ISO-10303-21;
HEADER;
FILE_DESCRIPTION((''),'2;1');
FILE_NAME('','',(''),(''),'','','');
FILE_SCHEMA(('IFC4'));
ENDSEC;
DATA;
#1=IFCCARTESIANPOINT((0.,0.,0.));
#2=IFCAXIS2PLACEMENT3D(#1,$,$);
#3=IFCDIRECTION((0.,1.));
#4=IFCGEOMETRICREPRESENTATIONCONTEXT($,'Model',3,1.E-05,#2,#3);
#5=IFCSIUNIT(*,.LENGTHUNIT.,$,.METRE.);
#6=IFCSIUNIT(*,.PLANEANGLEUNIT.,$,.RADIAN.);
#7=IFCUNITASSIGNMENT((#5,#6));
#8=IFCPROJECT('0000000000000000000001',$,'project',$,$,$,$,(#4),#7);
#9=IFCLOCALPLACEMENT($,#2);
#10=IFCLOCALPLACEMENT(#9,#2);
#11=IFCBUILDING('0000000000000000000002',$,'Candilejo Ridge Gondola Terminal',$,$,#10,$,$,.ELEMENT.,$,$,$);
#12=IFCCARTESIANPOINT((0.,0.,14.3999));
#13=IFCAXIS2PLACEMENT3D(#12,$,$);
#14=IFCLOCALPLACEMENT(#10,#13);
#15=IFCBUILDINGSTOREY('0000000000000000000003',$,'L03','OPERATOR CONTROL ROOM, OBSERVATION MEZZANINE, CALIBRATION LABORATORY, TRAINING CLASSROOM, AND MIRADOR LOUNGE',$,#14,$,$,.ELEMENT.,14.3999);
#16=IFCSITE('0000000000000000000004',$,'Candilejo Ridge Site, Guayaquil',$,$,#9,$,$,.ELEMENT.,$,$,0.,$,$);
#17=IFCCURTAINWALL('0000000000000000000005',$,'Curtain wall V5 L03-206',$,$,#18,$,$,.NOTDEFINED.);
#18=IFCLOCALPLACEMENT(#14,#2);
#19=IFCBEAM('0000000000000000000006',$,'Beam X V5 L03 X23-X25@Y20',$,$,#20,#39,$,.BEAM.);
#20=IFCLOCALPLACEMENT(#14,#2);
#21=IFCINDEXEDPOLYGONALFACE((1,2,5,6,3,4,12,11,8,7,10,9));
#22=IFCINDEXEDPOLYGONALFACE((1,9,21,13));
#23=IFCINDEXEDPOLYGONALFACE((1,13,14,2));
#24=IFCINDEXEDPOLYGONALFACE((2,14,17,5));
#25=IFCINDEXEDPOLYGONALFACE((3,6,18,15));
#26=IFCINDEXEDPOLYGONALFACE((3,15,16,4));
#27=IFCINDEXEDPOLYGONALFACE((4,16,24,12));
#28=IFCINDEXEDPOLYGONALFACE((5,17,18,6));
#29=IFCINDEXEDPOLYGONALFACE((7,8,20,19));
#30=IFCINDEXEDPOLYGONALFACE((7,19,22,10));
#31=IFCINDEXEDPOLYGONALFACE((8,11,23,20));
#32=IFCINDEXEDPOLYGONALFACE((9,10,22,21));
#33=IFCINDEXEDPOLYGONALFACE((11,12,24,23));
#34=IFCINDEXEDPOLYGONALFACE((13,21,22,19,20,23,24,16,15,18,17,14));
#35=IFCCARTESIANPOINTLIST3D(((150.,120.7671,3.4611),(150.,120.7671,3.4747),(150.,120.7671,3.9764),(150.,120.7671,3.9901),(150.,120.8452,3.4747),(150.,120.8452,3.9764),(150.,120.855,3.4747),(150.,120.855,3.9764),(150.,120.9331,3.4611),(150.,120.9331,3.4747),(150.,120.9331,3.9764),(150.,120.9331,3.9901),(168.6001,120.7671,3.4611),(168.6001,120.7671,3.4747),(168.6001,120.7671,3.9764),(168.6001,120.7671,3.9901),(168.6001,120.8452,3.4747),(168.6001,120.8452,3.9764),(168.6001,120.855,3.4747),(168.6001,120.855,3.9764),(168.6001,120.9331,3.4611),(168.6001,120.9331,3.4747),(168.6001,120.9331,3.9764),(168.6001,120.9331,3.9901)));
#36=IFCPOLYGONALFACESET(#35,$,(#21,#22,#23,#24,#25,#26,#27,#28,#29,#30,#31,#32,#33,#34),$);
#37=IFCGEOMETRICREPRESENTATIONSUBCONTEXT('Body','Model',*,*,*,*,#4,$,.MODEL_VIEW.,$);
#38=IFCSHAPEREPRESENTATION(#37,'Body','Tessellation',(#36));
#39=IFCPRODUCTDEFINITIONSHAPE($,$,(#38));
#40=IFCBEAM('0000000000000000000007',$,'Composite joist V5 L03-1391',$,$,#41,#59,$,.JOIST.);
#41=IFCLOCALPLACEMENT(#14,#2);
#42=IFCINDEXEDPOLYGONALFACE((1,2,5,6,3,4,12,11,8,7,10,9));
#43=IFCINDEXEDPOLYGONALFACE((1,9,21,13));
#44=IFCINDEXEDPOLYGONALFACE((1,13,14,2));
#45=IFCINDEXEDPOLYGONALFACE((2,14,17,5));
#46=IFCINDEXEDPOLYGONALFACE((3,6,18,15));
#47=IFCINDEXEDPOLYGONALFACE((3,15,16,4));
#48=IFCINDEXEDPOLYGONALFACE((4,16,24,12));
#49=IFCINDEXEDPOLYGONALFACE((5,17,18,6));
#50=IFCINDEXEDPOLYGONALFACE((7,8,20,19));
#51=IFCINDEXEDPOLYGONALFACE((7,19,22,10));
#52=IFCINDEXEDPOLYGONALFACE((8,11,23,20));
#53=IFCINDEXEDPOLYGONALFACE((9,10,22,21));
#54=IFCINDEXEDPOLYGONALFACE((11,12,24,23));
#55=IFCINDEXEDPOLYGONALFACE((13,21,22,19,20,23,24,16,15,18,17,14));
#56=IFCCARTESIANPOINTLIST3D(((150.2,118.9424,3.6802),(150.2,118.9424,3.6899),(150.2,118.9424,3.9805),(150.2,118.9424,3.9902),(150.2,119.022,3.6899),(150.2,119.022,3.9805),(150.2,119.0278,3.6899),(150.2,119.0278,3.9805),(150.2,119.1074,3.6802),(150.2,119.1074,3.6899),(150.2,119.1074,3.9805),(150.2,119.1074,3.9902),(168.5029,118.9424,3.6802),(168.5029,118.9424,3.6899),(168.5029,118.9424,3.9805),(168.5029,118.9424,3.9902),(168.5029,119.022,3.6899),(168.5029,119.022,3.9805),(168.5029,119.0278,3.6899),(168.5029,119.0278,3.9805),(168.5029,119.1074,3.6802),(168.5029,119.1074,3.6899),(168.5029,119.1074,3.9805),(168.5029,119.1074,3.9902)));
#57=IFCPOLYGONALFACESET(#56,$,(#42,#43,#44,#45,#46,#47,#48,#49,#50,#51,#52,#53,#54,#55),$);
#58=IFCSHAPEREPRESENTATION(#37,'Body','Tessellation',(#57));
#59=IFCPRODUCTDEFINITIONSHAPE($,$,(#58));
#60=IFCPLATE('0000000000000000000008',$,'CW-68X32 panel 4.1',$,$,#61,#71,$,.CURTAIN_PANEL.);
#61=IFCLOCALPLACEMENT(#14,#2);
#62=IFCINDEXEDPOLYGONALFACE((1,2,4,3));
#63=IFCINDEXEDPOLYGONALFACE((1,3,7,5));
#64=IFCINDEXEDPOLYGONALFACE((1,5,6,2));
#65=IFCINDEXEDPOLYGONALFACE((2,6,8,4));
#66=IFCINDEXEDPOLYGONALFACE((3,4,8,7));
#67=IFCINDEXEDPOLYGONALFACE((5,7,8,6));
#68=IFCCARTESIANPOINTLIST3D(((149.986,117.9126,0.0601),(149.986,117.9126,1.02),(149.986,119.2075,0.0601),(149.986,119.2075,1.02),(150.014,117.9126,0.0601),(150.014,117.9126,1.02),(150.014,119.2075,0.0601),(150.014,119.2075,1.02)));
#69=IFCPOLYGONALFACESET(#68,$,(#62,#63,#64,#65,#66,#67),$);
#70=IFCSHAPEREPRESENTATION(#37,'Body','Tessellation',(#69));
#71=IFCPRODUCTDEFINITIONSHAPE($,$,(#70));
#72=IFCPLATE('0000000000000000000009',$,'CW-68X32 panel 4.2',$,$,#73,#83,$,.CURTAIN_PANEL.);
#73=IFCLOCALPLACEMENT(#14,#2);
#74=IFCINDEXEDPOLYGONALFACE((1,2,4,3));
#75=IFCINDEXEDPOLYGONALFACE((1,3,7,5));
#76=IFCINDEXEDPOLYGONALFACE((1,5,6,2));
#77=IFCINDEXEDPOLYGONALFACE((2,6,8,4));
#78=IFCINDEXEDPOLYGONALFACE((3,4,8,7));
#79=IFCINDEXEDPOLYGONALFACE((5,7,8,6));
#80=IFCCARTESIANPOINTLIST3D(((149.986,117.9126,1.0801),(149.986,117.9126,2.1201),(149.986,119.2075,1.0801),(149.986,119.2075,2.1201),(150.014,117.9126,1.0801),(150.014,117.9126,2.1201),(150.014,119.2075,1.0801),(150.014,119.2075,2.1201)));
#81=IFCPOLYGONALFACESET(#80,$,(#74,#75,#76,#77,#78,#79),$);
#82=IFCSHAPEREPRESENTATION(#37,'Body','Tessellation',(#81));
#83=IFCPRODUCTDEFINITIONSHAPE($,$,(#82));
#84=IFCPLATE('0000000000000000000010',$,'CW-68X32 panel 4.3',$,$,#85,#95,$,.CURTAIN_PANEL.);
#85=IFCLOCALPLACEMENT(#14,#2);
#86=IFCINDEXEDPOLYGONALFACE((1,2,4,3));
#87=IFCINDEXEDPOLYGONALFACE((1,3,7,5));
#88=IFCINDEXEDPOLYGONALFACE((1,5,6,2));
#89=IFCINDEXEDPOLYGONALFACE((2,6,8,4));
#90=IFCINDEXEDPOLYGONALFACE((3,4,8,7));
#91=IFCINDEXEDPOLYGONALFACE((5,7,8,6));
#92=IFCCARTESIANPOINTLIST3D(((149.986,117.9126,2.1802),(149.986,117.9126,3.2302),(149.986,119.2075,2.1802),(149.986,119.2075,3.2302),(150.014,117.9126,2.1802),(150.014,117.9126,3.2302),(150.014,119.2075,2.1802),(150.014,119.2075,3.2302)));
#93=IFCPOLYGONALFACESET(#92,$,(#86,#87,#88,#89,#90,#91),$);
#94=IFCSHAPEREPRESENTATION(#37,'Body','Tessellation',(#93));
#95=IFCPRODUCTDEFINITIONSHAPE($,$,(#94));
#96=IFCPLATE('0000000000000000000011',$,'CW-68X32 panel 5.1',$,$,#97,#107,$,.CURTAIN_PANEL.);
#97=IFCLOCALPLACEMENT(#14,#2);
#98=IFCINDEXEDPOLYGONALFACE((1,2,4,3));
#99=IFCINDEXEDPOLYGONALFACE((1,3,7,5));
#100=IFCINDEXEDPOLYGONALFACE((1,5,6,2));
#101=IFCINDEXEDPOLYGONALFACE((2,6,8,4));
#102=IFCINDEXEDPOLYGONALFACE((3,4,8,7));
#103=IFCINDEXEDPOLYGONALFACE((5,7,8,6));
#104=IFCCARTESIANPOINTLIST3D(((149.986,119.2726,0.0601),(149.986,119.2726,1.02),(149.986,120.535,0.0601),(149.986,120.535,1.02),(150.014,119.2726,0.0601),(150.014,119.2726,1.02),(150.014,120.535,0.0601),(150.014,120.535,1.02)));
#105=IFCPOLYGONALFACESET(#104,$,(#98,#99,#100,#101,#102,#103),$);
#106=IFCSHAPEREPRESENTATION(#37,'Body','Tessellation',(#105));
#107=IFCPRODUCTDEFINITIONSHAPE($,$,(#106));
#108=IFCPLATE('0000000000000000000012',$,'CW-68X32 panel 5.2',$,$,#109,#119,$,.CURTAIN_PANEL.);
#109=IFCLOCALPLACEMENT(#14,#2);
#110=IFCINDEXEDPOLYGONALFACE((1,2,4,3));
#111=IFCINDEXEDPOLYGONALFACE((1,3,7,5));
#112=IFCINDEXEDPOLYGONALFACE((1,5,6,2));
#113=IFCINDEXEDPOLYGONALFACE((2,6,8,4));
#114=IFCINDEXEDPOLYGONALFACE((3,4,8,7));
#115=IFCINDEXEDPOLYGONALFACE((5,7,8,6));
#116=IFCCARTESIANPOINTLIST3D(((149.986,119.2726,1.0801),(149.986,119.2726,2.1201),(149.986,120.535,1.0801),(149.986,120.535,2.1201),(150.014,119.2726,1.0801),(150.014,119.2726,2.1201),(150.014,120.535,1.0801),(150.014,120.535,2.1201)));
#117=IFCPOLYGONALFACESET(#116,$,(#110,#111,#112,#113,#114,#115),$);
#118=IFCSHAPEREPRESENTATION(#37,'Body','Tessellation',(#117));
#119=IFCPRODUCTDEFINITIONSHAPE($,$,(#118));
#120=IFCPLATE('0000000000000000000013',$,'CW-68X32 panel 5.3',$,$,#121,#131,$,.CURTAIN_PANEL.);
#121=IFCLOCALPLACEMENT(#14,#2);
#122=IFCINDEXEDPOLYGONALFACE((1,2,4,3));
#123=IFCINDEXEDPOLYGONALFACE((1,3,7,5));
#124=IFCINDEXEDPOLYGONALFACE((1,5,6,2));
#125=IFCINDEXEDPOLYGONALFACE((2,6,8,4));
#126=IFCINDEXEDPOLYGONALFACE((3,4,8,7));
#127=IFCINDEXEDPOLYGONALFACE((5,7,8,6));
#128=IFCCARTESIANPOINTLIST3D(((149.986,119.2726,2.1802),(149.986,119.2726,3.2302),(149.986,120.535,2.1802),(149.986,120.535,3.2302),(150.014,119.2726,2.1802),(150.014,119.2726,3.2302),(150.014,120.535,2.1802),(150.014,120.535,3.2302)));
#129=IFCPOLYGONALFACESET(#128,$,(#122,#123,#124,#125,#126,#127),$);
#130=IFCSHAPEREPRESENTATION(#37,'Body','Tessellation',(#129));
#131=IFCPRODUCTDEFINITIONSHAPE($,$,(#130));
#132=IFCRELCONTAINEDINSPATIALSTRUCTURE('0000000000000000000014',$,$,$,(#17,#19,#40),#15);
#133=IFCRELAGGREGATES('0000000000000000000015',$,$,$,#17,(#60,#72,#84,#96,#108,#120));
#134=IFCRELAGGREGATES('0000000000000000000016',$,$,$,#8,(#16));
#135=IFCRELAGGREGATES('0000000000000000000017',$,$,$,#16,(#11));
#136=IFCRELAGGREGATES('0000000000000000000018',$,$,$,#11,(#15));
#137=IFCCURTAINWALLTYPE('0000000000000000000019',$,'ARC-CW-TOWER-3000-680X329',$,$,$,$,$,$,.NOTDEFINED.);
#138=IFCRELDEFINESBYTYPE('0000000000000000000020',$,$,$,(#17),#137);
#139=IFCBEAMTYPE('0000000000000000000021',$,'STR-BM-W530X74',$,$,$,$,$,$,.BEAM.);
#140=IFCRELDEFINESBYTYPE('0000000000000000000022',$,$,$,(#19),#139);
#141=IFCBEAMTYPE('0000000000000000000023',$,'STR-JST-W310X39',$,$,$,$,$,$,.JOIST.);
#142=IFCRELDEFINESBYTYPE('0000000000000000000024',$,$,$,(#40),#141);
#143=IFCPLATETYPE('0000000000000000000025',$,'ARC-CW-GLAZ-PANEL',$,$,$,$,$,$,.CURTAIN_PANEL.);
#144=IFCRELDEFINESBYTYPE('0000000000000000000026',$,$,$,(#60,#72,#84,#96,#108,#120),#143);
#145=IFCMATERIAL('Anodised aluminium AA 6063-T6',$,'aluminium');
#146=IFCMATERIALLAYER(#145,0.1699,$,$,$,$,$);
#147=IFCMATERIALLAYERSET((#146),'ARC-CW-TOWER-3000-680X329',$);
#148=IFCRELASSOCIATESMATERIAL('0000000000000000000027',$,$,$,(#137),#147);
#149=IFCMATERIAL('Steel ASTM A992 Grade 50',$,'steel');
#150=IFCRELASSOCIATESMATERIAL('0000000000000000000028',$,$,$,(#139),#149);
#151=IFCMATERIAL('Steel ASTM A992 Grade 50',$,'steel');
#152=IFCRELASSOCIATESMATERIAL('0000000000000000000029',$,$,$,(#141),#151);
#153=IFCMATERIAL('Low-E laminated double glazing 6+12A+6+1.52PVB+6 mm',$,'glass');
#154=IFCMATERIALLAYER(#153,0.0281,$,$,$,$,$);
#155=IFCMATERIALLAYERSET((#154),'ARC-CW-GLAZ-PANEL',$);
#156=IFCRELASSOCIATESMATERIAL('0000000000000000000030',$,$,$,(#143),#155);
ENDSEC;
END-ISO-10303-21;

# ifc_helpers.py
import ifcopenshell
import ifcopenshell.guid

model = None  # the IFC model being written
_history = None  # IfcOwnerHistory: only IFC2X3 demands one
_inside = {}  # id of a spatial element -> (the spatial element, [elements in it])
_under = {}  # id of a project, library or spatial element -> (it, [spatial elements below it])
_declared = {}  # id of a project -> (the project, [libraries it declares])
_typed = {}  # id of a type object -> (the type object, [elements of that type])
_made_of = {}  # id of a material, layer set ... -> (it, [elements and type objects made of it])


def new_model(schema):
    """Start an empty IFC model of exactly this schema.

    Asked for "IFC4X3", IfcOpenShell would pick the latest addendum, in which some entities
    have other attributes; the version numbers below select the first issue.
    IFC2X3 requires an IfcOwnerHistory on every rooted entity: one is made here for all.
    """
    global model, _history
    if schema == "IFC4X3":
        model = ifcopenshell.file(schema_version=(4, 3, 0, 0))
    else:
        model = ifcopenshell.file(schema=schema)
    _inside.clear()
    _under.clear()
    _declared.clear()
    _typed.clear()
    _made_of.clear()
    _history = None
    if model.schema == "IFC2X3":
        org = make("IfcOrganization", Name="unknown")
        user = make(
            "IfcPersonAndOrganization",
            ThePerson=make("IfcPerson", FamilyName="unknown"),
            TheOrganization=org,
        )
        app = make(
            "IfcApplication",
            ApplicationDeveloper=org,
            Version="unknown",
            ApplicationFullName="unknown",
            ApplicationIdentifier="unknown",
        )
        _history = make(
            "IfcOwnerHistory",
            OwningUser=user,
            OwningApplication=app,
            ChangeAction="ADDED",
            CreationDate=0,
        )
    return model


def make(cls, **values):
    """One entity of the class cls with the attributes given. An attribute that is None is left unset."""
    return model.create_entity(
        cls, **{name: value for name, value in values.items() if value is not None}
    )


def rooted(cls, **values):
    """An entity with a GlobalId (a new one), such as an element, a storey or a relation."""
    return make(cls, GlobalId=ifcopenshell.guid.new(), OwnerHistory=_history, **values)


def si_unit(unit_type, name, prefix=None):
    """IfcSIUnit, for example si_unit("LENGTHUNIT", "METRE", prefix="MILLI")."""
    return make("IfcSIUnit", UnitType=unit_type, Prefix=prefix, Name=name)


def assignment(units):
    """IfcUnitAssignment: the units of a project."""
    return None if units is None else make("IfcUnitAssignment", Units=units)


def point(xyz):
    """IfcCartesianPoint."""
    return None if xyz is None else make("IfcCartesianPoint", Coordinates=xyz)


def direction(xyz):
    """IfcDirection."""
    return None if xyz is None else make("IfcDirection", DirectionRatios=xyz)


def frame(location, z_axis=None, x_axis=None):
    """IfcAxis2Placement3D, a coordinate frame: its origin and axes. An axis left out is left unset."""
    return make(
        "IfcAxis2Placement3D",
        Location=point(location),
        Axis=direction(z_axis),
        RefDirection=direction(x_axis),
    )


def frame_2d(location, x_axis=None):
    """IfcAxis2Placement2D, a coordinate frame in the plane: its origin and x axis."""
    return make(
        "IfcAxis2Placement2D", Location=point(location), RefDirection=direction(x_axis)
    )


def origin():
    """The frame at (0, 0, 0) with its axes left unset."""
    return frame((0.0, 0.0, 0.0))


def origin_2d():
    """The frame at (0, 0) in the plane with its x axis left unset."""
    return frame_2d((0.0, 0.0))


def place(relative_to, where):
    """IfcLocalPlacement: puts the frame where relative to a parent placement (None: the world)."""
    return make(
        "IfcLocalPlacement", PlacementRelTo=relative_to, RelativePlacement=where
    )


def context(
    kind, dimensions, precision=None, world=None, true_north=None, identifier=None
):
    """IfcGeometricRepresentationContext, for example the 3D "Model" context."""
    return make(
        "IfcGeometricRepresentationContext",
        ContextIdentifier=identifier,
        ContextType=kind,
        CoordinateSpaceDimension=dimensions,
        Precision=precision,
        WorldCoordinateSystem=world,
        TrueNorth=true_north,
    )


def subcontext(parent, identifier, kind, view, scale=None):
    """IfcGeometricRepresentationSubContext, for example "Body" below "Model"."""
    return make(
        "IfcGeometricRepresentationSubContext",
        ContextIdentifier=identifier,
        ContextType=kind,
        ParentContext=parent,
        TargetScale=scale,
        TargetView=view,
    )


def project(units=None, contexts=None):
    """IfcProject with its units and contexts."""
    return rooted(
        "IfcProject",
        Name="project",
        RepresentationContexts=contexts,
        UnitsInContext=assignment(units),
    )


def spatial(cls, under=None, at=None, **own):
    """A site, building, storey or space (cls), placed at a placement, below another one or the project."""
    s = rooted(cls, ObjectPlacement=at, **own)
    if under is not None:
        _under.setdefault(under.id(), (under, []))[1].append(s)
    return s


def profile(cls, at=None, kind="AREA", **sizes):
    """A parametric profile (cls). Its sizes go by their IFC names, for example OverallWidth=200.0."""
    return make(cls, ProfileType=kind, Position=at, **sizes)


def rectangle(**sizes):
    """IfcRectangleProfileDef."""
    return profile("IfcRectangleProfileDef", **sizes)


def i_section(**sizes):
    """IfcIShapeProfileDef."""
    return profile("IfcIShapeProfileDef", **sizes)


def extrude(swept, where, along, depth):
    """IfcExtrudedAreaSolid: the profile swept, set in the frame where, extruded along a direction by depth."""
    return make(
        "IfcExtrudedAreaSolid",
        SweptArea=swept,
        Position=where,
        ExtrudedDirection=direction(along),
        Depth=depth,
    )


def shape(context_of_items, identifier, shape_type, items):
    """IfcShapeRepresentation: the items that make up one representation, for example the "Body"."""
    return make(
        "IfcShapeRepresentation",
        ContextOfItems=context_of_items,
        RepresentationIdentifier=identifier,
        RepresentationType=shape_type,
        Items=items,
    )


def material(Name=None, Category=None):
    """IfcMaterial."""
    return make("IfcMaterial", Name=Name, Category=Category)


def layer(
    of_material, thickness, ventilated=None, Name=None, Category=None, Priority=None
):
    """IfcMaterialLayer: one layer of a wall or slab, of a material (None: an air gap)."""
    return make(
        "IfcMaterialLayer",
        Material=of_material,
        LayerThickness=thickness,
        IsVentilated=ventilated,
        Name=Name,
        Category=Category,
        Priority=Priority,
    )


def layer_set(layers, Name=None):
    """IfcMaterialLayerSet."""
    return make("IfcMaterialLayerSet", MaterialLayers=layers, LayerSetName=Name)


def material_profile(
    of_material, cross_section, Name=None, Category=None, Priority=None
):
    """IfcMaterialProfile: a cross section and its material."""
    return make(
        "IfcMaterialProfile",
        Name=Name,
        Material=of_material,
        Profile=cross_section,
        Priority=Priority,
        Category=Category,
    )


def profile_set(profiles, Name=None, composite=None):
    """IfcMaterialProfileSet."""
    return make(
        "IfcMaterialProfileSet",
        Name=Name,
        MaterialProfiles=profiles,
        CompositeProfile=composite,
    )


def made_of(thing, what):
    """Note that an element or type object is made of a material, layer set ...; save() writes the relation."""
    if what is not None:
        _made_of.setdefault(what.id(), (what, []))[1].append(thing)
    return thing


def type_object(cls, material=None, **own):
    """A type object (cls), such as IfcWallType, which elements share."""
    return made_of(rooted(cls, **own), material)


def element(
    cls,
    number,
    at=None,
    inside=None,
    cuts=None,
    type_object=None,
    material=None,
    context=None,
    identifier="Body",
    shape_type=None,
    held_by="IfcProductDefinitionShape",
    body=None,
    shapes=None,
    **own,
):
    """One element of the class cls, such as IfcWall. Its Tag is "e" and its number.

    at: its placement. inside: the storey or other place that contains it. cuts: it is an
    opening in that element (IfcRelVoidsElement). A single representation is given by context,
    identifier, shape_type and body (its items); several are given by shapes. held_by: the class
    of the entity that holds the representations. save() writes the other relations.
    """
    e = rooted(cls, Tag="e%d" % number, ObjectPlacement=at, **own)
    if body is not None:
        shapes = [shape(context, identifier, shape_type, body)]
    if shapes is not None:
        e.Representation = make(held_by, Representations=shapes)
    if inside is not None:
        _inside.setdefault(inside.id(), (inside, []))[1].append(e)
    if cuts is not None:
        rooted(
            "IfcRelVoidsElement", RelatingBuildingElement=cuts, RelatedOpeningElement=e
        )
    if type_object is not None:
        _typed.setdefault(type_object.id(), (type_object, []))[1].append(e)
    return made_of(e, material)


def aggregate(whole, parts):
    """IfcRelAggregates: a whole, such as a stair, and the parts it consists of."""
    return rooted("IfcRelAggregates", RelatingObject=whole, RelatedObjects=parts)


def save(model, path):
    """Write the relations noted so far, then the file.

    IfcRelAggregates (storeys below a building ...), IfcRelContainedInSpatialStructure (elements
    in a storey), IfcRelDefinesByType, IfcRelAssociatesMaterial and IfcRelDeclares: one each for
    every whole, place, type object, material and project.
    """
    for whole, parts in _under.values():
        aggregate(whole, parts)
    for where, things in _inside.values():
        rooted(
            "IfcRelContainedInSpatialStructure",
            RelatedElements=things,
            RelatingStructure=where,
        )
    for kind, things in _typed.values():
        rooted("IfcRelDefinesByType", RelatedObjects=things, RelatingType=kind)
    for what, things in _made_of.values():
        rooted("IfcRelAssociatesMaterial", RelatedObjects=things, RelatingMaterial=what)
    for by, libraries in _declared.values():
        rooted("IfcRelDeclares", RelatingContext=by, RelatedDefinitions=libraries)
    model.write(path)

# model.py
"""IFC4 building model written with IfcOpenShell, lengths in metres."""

from ifc_helpers import new_model, si_unit, direction, frame, origin, origin_2d, place, context, subcontext, project, spatial, rectangle, i_section, extrude, material, layer, layer_set, material_profile, profile_set, type_object, element, aggregate, save


model = new_model("IFC4")

# Units and contexts
model_context = context("Model", 3, precision=1e-05, world=origin(), true_north=direction((0.0, 1.0)))
body_context = subcontext(model_context, "Body", "Model", "MODEL_VIEW")
ifc_project = project(units=[si_unit("LENGTHUNIT", "METRE"), si_unit("PLANEANGLEUNIT", "RADIAN")], contexts=[model_context])

# Site, building, storey
site_placement = place(None, origin())
site = spatial("IfcSite", under=ifc_project, at=site_placement, Name="Candilejo Ridge Site, Guayaquil", CompositionType="ELEMENT", RefElevation=0.0)
building_placement = place(site_placement, origin())
building = spatial("IfcBuilding", under=site, at=building_placement, Name="Candilejo Ridge Gondola Terminal", CompositionType="ELEMENT")
storey_placement = place(building_placement, frame((0.0, 0.0, 14.3999)))
storey = spatial("IfcBuildingStorey", under=building, at=storey_placement, Name="L03", Description="OPERATOR CONTROL ROOM, OBSERVATION MEZZANINE, CALIBRATION LABORATORY, TRAINING CLASSROOM, AND MIRADOR LOUNGE", CompositionType="ELEMENT", Elevation=14.3999)

# Curtain wall
ifc_material_1 = material(Name="Anodised aluminium AA 6063-T6", Category="aluminium")
ifc_layer_1 = layer(ifc_material_1, 0.1699)
ifc_layer_set_1 = layer_set([ifc_layer_1], Name="ARC-CW-TOWER-3000-680X329")
curtain_wall_type_1 = type_object("IfcCurtainWallType", Name="ARC-CW-TOWER-3000-680X329", PredefinedType="NOTDEFINED", material=ifc_layer_set_1)
curtain_wall_1_placement = place(storey_placement, origin())
curtain_wall_1 = element("IfcCurtainWall", 1, at=curtain_wall_1_placement, inside=storey, type_object=curtain_wall_type_1, Name="Curtain wall V5 L03-206", PredefinedType="NOTDEFINED")

# Beams
ifc_material_2 = material(Name="Steel ASTM A992 Grade 50", Category="steel")
ifc_material_profile_1 = material_profile(ifc_material_2, i_section(OverallWidth=0.166, OverallDepth=0.5291, WebThickness=0.0098, FlangeThickness=0.0137, at=origin_2d()))
ifc_profile_set_1 = profile_set([ifc_material_profile_1], Name="Steel ASTM A992 Grade 50")
beam_type_1 = type_object("IfcBeamType", Name="STR-BM-W530X74", PredefinedType="BEAM", material=ifc_profile_set_1)
beam_1_placement = place(storey_placement, frame((150.0, 120.8501, 3.7256), z_axis=(1.0, 0.0, 0.0), x_axis=(0.0, 1.0, 0.0)))
element("IfcBeam", 2, at=beam_1_placement, inside=storey, type_object=beam_type_1, Name="Beam X V5 L03 X23-X25@Y20", PredefinedType="BEAM", context=body_context, shape_type="SweptSolid", body=[
    extrude(i_section(OverallWidth=0.166, OverallDepth=0.5291, WebThickness=0.0098, FlangeThickness=0.0137, at=origin_2d()), origin(), (0.0, 0.0, 1.0), 18.6001),
])
ifc_material_3 = material(Name="Steel ASTM A992 Grade 50", Category="steel")
ifc_material_profile_2 = material_profile(ifc_material_3, i_section(OverallWidth=0.165, OverallDepth=0.3101, WebThickness=0.0059, FlangeThickness=0.0098, at=origin_2d()))
ifc_profile_set_2 = profile_set([ifc_material_profile_2], Name="Steel ASTM A992 Grade 50")
beam_type_2 = type_object("IfcBeamType", Name="STR-JST-W310X39", PredefinedType="JOIST", material=ifc_profile_set_2)
beam_2_placement = place(storey_placement, frame((150.2, 119.0249, 3.8352), z_axis=(1.0, 0.0, 0.0), x_axis=(0.0, 1.0, 0.0)))
element("IfcBeam", 3, at=beam_2_placement, inside=storey, type_object=beam_type_2, Name="Composite joist V5 L03-1391", PredefinedType="JOIST", context=body_context, shape_type="SweptSolid", body=[
    extrude(i_section(OverallWidth=0.165, OverallDepth=0.3101, WebThickness=0.0059, FlangeThickness=0.0098, at=origin_2d()), origin(), (0.0, 0.0, 1.0), 18.303),
])

# Plates
ifc_material_4 = material(Name="Low-E laminated double glazing 6+12A+6+1.52PVB+6 mm", Category="glass")
ifc_layer_2 = layer(ifc_material_4, 0.0281)
ifc_layer_set_2 = layer_set([ifc_layer_2], Name="ARC-CW-GLAZ-PANEL")
plate_type = type_object("IfcPlateType", Name="ARC-CW-GLAZ-PANEL", PredefinedType="CURTAIN_PANEL", material=ifc_layer_set_2)
plate_1_placement = place(storey_placement, frame((150.0, 118.5601, 0.0601), z_axis=(0.0, 0.0, 1.0), x_axis=(0.0, 1.0, 0.0)))
plate_1 = element("IfcPlate", 4, at=plate_1_placement, type_object=plate_type, Name="CW-68X32 panel 4.1", PredefinedType="CURTAIN_PANEL", context=body_context, shape_type="SweptSolid", body=[
    extrude(rectangle(XDim=1.2949, YDim=0.0281, at=origin_2d()), origin(), (0.0, 0.0, 1.0), 0.96),
])
plate_2_placement = place(storey_placement, frame((150.0, 118.5601, 1.0801), z_axis=(0.0, 0.0, 1.0), x_axis=(0.0, 1.0, 0.0)))
plate_2 = element("IfcPlate", 5, at=plate_2_placement, type_object=plate_type, Name="CW-68X32 panel 4.2", PredefinedType="CURTAIN_PANEL", context=body_context, shape_type="SweptSolid", body=[
    extrude(rectangle(XDim=1.2949, YDim=0.0281, at=origin_2d()), origin(), (0.0, 0.0, 1.0), 1.04),
])
plate_3_placement = place(storey_placement, frame((150.0, 118.5601, 2.1802), z_axis=(0.0, 0.0, 1.0), x_axis=(0.0, 1.0, 0.0)))
plate_3 = element("IfcPlate", 6, at=plate_3_placement, type_object=plate_type, Name="CW-68X32 panel 4.3", PredefinedType="CURTAIN_PANEL", context=body_context, shape_type="SweptSolid", body=[
    extrude(rectangle(XDim=1.2949, YDim=0.0281, at=origin_2d()), origin(), (0.0, 0.0, 1.0), 1.05),
])
plate_4_placement = place(storey_placement, frame((150.0, 119.9038, 0.0601), z_axis=(0.0, 0.0, 1.0), x_axis=(0.0, 1.0, 0.0)))
plate_4 = element("IfcPlate", 7, at=plate_4_placement, type_object=plate_type, Name="CW-68X32 panel 5.1", PredefinedType="CURTAIN_PANEL", context=body_context, shape_type="SweptSolid", body=[
    extrude(rectangle(XDim=1.2625, YDim=0.0281, at=origin_2d()), origin(), (0.0, 0.0, 1.0), 0.96),
])
plate_5_placement = place(storey_placement, frame((150.0, 119.9038, 1.0801), z_axis=(0.0, 0.0, 1.0), x_axis=(0.0, 1.0, 0.0)))
plate_5 = element("IfcPlate", 8, at=plate_5_placement, type_object=plate_type, Name="CW-68X32 panel 5.2", PredefinedType="CURTAIN_PANEL", context=body_context, shape_type="SweptSolid", body=[
    extrude(rectangle(XDim=1.2625, YDim=0.0281, at=origin_2d()), origin(), (0.0, 0.0, 1.0), 1.04),
])
plate_6_placement = place(storey_placement, frame((150.0, 119.9038, 2.1802), z_axis=(0.0, 0.0, 1.0), x_axis=(0.0, 1.0, 0.0)))
plate_6 = element("IfcPlate", 9, at=plate_6_placement, type_object=plate_type, Name="CW-68X32 panel 5.3", PredefinedType="CURTAIN_PANEL", context=body_context, shape_type="SweptSolid", body=[
    extrude(rectangle(XDim=1.2625, YDim=0.0281, at=origin_2d()), origin(), (0.0, 0.0, 1.0), 1.05),
])
aggregate(curtain_wall_1, [plate_1, plate_2, plate_3, plate_4, plate_5, plate_6])

save(model, "model.ifc")
